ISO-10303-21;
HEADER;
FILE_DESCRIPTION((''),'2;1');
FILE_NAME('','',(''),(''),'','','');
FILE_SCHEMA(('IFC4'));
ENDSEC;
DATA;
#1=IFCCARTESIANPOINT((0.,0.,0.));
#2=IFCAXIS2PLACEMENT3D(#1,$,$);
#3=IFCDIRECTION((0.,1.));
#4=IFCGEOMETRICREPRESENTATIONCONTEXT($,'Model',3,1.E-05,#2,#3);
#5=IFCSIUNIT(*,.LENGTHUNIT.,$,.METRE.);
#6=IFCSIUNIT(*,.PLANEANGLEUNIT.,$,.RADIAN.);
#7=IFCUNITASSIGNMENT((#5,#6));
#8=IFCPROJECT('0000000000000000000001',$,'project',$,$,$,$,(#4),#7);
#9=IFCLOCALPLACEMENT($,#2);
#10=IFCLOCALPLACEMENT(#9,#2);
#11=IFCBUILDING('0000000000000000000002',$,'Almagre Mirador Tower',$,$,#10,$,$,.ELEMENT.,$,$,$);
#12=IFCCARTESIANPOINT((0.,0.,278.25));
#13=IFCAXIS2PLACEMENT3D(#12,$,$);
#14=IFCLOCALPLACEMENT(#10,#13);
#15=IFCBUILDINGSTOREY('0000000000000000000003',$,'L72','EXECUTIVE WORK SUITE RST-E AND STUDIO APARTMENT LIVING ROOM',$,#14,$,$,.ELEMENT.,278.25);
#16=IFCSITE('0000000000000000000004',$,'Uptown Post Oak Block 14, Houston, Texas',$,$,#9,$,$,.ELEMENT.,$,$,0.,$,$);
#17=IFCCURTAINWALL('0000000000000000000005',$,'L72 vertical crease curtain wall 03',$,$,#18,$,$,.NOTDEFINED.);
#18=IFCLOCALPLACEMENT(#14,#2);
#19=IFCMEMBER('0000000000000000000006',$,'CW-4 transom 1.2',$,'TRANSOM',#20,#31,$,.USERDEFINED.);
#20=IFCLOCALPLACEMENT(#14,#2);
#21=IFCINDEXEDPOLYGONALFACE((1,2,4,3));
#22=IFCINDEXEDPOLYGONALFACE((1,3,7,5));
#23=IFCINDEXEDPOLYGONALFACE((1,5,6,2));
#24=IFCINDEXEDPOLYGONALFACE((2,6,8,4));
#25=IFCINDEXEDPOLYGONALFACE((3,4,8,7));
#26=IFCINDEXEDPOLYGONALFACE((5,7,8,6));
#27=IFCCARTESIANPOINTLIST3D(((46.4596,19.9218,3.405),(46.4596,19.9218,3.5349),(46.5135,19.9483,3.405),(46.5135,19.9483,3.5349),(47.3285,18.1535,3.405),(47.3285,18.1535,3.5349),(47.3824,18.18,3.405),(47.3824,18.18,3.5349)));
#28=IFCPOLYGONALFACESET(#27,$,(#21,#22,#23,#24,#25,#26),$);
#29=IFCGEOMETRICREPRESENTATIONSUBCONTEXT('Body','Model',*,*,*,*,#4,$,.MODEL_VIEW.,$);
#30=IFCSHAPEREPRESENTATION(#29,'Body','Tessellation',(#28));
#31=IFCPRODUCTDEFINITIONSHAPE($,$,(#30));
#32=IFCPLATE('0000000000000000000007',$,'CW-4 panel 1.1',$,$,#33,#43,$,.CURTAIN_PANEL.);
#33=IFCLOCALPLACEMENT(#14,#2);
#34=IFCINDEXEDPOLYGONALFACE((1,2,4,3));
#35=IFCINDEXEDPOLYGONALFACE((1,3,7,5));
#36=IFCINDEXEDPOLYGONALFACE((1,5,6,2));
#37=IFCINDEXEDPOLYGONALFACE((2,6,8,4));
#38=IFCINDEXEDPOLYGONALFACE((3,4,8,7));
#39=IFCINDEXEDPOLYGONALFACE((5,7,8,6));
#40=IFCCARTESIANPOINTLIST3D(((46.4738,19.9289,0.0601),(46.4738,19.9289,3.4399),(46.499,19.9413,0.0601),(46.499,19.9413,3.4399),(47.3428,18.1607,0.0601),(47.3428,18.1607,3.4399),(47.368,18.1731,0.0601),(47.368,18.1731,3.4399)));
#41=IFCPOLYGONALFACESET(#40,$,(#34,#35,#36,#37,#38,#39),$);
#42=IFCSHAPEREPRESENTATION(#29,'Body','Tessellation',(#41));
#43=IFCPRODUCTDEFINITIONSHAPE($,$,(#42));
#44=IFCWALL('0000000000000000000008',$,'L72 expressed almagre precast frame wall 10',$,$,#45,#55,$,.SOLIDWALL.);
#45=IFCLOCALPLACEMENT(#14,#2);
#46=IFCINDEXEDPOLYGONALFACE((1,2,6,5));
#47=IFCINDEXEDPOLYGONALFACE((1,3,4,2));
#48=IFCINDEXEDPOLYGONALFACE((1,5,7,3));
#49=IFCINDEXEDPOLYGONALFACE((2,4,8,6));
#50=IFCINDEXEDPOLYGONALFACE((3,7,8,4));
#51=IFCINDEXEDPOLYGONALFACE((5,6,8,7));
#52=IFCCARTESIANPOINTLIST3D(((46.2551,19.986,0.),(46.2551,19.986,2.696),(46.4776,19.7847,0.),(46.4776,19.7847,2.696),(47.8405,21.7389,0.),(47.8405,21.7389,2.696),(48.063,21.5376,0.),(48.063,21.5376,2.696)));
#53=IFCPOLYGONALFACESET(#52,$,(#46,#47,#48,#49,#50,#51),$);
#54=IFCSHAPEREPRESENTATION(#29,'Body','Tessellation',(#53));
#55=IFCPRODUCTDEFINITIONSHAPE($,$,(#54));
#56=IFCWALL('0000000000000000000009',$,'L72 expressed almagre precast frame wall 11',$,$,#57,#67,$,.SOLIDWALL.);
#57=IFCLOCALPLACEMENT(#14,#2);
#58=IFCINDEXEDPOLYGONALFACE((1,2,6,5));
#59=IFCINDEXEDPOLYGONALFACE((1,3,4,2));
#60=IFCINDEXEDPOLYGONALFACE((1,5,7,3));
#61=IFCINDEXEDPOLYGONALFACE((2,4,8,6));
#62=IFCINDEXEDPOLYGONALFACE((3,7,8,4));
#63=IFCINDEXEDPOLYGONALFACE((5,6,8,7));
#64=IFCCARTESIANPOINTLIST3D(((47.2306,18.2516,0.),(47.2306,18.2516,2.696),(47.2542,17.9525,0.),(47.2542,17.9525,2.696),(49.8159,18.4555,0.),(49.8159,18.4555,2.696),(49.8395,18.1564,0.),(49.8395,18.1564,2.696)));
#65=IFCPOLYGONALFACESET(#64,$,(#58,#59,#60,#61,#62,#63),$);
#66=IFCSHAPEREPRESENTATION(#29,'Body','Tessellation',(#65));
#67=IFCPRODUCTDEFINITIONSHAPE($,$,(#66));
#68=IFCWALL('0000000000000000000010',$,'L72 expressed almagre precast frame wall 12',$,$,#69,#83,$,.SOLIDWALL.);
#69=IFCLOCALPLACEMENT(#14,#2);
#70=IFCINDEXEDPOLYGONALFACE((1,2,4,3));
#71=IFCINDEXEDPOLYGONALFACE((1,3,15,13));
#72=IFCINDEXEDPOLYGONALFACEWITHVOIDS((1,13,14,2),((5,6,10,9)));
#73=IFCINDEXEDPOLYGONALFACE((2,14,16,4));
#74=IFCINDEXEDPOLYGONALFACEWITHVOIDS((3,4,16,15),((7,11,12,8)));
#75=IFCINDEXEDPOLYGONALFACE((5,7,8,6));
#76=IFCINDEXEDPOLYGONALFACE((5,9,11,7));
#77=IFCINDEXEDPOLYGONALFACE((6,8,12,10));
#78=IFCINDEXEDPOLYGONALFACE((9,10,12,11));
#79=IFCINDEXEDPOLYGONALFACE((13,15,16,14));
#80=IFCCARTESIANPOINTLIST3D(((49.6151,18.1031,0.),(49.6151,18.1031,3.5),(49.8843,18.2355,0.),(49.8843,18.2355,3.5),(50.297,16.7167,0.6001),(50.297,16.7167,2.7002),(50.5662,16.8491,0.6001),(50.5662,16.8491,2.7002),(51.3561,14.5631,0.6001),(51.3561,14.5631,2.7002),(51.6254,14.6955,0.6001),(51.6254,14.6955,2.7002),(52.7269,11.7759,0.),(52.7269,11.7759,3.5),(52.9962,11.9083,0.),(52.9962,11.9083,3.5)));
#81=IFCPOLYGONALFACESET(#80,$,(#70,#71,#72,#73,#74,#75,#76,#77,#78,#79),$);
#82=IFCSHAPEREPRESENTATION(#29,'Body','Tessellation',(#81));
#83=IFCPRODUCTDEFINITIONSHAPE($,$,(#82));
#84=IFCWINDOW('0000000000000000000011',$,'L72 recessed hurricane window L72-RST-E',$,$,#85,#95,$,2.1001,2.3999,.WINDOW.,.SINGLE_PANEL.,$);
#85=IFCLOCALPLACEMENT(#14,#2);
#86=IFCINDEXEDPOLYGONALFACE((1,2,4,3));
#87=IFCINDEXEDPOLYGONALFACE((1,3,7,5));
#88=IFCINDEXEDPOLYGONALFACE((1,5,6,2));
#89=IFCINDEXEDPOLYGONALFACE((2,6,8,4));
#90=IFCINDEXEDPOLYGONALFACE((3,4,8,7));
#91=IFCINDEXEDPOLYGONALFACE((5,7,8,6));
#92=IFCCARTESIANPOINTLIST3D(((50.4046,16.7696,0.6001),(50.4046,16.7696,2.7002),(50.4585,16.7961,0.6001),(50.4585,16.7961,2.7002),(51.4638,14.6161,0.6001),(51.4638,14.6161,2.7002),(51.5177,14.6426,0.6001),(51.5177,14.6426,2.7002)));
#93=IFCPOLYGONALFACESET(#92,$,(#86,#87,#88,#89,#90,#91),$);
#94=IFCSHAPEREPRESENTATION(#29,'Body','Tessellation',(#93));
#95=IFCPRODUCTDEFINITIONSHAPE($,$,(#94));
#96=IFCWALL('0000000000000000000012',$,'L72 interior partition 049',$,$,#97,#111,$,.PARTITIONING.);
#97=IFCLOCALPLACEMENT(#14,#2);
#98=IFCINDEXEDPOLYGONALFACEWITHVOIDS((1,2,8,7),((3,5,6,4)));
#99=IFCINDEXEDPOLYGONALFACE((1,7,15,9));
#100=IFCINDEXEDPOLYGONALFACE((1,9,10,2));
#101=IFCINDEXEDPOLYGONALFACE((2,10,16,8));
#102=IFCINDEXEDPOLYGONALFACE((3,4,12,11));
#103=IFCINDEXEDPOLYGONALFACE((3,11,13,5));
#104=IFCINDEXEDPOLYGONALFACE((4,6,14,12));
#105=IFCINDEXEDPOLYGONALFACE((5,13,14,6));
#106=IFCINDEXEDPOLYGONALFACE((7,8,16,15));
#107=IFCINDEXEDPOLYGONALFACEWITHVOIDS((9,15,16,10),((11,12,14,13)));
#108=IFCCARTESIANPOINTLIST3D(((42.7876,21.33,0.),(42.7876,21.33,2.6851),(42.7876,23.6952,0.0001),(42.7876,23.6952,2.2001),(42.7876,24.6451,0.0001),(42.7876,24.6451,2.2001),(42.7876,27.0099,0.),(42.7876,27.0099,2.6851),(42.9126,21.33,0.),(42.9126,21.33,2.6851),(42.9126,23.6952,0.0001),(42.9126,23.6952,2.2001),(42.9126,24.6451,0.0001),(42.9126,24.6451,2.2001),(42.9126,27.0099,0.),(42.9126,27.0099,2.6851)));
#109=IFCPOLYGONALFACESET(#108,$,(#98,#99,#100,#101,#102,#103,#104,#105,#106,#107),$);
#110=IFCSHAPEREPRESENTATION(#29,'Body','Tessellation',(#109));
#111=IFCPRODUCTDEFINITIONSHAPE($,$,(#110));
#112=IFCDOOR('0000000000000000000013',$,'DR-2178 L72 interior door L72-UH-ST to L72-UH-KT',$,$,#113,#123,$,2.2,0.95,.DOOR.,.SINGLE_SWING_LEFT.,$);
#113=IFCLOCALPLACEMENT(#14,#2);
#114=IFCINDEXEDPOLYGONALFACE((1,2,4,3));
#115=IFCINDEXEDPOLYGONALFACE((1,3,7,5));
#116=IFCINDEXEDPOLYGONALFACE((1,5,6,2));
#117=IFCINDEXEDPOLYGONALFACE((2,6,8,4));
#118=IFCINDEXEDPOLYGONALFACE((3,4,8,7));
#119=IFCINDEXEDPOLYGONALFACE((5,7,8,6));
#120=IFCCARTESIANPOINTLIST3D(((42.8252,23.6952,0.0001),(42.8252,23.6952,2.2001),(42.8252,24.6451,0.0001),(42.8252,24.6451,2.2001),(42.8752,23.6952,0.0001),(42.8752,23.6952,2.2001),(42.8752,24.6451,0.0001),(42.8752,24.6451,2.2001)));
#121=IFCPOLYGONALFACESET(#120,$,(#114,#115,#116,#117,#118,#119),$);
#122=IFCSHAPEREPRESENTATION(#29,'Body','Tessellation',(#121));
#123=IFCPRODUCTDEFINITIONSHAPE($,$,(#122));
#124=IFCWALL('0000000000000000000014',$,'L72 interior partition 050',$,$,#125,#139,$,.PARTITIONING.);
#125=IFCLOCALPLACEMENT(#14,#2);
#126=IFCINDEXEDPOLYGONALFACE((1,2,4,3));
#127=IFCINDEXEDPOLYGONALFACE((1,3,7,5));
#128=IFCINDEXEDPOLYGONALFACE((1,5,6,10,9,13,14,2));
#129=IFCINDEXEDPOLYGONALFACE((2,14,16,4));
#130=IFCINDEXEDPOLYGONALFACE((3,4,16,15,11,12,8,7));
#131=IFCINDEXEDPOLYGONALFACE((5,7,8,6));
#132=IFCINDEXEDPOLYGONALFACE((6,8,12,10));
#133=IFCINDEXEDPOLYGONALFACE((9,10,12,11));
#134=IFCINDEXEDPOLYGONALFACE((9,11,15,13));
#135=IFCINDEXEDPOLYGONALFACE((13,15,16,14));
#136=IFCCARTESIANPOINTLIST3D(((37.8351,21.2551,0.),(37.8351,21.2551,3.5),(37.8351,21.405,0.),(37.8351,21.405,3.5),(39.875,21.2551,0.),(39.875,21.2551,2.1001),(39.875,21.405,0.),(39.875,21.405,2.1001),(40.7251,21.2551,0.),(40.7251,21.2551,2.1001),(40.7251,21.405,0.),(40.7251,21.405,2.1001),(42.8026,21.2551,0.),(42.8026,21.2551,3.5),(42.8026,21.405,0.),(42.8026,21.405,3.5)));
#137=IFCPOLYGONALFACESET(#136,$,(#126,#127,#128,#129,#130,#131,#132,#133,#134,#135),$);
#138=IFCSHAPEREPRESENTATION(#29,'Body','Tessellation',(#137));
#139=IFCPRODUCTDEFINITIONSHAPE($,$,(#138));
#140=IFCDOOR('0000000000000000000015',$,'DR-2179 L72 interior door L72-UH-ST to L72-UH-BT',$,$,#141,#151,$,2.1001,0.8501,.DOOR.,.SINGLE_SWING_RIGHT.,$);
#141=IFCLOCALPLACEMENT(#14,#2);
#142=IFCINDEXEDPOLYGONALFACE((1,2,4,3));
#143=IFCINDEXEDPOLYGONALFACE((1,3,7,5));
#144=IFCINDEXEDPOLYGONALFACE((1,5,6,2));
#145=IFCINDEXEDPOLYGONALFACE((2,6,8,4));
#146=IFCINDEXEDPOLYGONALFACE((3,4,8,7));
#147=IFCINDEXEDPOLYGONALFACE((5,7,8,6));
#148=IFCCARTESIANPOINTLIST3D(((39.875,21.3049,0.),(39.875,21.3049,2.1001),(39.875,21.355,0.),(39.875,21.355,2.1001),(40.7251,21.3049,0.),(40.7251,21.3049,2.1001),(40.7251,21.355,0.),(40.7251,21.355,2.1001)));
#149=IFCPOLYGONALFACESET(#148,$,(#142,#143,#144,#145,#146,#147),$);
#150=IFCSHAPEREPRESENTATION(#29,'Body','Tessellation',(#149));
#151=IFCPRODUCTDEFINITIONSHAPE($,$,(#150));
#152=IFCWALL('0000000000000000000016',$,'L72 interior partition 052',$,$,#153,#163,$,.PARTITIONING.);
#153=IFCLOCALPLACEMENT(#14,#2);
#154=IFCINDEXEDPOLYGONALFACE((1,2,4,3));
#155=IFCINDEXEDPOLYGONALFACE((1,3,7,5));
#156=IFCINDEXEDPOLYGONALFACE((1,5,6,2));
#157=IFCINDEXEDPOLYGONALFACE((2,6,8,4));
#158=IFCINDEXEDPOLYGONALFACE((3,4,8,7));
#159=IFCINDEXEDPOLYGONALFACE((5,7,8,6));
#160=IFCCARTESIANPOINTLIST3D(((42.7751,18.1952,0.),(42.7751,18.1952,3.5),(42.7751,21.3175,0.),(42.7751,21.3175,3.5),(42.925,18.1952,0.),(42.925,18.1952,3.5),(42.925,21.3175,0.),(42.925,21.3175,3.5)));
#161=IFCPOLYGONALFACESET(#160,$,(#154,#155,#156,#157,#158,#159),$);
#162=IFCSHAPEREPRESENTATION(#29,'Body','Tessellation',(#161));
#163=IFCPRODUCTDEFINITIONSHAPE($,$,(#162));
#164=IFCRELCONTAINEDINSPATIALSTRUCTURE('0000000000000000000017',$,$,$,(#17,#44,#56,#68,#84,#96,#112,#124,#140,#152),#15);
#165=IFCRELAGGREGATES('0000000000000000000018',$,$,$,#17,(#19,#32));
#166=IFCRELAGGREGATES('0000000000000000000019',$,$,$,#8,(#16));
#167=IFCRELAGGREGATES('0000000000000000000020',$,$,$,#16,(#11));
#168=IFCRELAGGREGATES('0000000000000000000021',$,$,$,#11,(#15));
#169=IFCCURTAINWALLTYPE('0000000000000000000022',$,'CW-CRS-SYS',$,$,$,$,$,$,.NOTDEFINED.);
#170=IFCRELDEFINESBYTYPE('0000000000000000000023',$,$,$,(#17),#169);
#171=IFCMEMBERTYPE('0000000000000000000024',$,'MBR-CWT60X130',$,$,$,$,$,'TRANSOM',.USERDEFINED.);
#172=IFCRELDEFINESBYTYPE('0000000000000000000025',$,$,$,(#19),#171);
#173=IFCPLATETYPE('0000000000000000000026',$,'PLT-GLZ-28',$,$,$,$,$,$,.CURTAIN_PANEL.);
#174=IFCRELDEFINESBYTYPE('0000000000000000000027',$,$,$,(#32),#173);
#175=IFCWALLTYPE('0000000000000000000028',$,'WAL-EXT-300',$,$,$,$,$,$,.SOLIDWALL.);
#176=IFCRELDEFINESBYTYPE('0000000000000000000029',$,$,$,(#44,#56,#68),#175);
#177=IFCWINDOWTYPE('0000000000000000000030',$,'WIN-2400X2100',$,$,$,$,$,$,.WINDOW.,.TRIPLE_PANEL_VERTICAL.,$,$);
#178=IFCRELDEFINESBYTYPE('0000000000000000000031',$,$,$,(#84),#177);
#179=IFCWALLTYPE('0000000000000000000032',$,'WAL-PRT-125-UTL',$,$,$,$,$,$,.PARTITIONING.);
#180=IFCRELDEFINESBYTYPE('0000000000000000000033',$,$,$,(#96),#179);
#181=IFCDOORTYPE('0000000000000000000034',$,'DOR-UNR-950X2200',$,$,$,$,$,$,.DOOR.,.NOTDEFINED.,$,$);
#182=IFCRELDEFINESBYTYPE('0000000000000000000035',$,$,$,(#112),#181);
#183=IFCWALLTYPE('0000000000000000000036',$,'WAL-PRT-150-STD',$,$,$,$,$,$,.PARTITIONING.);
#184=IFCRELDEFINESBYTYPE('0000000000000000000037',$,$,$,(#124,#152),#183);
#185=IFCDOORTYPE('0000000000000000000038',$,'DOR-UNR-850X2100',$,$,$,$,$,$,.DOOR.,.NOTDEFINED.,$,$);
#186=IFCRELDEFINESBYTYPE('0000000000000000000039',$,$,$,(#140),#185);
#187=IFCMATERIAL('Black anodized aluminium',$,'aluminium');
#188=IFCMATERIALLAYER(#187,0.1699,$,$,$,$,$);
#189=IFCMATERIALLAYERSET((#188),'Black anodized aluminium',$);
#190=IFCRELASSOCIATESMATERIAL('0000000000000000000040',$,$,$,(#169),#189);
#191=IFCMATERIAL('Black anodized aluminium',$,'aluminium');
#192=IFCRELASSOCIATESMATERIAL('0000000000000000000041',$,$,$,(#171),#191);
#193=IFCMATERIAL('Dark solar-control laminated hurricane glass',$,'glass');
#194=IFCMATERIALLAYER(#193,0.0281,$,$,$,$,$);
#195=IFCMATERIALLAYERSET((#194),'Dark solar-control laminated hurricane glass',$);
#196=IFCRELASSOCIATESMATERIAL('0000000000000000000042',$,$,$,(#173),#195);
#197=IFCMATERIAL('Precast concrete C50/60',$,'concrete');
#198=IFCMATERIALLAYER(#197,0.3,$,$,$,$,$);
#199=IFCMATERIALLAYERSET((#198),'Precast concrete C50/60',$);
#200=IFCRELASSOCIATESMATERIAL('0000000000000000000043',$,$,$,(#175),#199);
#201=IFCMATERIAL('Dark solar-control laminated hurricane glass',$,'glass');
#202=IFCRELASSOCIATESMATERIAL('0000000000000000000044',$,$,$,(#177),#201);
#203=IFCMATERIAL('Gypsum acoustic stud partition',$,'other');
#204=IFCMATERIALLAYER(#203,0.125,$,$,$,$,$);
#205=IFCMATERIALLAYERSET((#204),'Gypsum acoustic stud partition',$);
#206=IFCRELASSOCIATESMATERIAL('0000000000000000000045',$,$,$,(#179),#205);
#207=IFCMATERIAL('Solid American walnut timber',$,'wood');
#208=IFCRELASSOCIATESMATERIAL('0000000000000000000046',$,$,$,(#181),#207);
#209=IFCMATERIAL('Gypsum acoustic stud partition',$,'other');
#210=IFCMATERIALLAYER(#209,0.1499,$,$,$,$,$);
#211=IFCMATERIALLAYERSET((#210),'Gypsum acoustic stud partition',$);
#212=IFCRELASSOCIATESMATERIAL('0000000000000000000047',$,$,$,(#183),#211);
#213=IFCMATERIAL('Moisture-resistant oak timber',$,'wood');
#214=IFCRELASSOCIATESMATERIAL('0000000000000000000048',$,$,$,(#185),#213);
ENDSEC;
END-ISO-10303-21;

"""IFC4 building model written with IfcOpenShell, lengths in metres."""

from ifc_helpers import new_model, si_unit, direction, frame, frame_2d, origin, origin_2d, place, context, subcontext, project, spatial, rectangle, extrude, material, layer, layer_set, material_profile, profile_set, type_object, element, fill, aggregate, save


model = new_model("IFC4")

# Units and contexts
model_context = context("Model", 3, precision=1e-05, world=origin(), true_north=direction((0.0, 1.0)))
body_context = subcontext(model_context, "Body", "Model", "MODEL_VIEW")
ifc_project = project(units=[si_unit("LENGTHUNIT", "METRE"), si_unit("PLANEANGLEUNIT", "RADIAN")], contexts=[model_context])

# Site, building, storey
site_placement = place(None, origin())
site = spatial("IfcSite", under=ifc_project, at=site_placement, Name="Uptown Post Oak Block 14, Houston, Texas", CompositionType="ELEMENT", RefElevation=0.0)
building_placement = place(site_placement, origin())
building = spatial("IfcBuilding", under=site, at=building_placement, Name="Almagre Mirador Tower", CompositionType="ELEMENT")
storey_placement = place(building_placement, frame((0.0, 0.0, 278.25)))
storey = spatial("IfcBuildingStorey", under=building, at=storey_placement, Name="L72", Description="EXECUTIVE WORK SUITE RST-E AND STUDIO APARTMENT LIVING ROOM", CompositionType="ELEMENT", Elevation=278.25)

# Curtain wall, member, plate
ifc_material_1 = material(Name="Black anodized aluminium", Category="aluminium")
ifc_layer_1 = layer(ifc_material_1, 0.1699)
ifc_layer_set_1 = layer_set([ifc_layer_1], Name="Black anodized aluminium")
curtain_wall_type = type_object("IfcCurtainWallType", Name="CW-CRS-SYS", PredefinedType="NOTDEFINED", material=ifc_layer_set_1)
curtain_wall_placement = place(storey_placement, origin())
curtain_wall = element("IfcCurtainWall", 1, at=curtain_wall_placement, inside=storey, type_object=curtain_wall_type, Name="L72 vertical crease curtain wall 03", PredefinedType="NOTDEFINED")
ifc_material_2 = material(Name="Black anodized aluminium", Category="aluminium")
ifc_material_profile_1 = material_profile(ifc_material_2, rectangle(XDim=0.0601, YDim=0.1299, at=origin_2d()), Name="CWT60X130")
ifc_profile_set_1 = profile_set([ifc_material_profile_1], Name="Black anodized aluminium")
member_type_1 = type_object("IfcMemberType", Name="MBR-CWT60X130", ElementType="TRANSOM", PredefinedType="USERDEFINED", material=ifc_profile_set_1)
member_1_placement = place(storey_placement, frame((46.4866, 19.9351, 3.47), z_axis=(0.441007, -0.897504, 0.0), x_axis=(0.897504, 0.441007, 0.0)))
member_1 = element("IfcMember", 2, at=member_1_placement, type_object=member_type_1, Name="CW-4 transom 1.2", ObjectType="TRANSOM", PredefinedType="USERDEFINED", context=body_context, shape_type="SweptSolid", body=[
    extrude(rectangle(XDim=0.0601, YDim=0.1299, at=origin_2d()), origin(), (0.0, 0.0, 1.0), 1.9702),
])
ifc_material_3 = material(Name="Dark solar-control laminated hurricane glass", Category="glass")
ifc_layer_2 = layer(ifc_material_3, 0.0281)
ifc_layer_set_2 = layer_set([ifc_layer_2], Name="Dark solar-control laminated hurricane glass")
plate_type = type_object("IfcPlateType", Name="PLT-GLZ-28", PredefinedType="CURTAIN_PANEL", material=ifc_layer_set_2)
plate_placement = place(storey_placement, frame((46.9209, 19.051, 0.0601), z_axis=(0.0, 0.0, 1.0), x_axis=(0.44108, -0.897468, 0.0)))
plate = element("IfcPlate", 3, at=plate_placement, type_object=plate_type, Name="CW-4 panel 1.1", PredefinedType="CURTAIN_PANEL", context=body_context, shape_type="SweptSolid", body=[
    extrude(rectangle(XDim=1.9702, YDim=0.0281, at=origin_2d()), origin(), (0.0, 0.0, 1.0), 3.3799),
])
aggregate(curtain_wall, [member_1, plate])

# Walls
ifc_material_4 = material(Name="Precast concrete C50/60", Category="concrete")
ifc_layer_3 = layer(ifc_material_4, 0.3)
ifc_layer_set_3 = layer_set([ifc_layer_3], Name="Precast concrete C50/60")
wall_type_1 = type_object("IfcWallType", Name="WAL-EXT-300", PredefinedType="SOLIDWALL", material=ifc_layer_set_3)
wall_1_placement = place(storey_placement, frame((47.9517, 21.6382, 0.0), z_axis=(0.0, 0.0, 1.0), x_axis=(-0.670789, -0.741648, 0.0)))
element("IfcWall", 4, at=wall_1_placement, inside=storey, type_object=wall_type_1, Name="L72 expressed almagre precast frame wall 10", PredefinedType="SOLIDWALL", context=body_context, shape_type="SweptSolid", body=[
    extrude(rectangle(XDim=2.3635, YDim=0.3, at=frame_2d((1.1816, 0.0))), origin(), (0.0, 0.0, 1.0), 2.696),
])
wall_2_placement = place(storey_placement, frame((47.2424, 18.1021, 0.0), z_axis=(0.0, 0.0, 1.0), x_axis=(0.996905, 0.078611, 0.0)))
element("IfcWall", 5, at=wall_2_placement, inside=storey, type_object=wall_type_1, Name="L72 expressed almagre precast frame wall 11", PredefinedType="SOLIDWALL", context=body_context, shape_type="SweptSolid", body=[
    extrude(rectangle(XDim=2.5933, YDim=0.3, at=frame_2d((1.2966, 0.0))), origin(), (0.0, 0.0, 1.0), 2.696),
])

# Wall, opening, window
wall_3_placement = place(storey_placement, frame((49.7498, 18.1692, 0.0), z_axis=(0.0, 0.0, 1.0), x_axis=(0.441332, -0.897344, 0.0)))
wall_3 = element("IfcWall", 6, at=wall_3_placement, inside=storey, type_object=wall_type_1, Name="L72 expressed almagre precast frame wall 12", PredefinedType="SOLIDWALL", context=body_context, shape_type="SweptSolid", body=[
    extrude(rectangle(XDim=7.051, YDim=0.3, at=frame_2d((3.5254, 0.0))), origin(), (0.0, 0.0, 1.0), 3.5),
])
opening_1_placement = place(wall_3_placement, frame((1.5449, 0.0, 0.6001)))
opening_1 = element("IfcOpeningElement", 7, at=opening_1_placement, cuts=wall_3, PredefinedType="OPENING", context=body_context, shape_type="SweptSolid", body=[
    extrude(rectangle(XDim=2.3999, YDim=2.1001, at=frame_2d((1.2, 1.05))), frame((0.0, 0.1599, 0.0), z_axis=(0.0, -1.0, 0.0), x_axis=(1.0, 0.0, 0.0)), (0.0, 0.0, 1.0), 0.32),
])
ifc_material_5 = material(Name="Dark solar-control laminated hurricane glass", Category="glass")
window_type = type_object("IfcWindowType", Name="WIN-2400X2100", PartitioningType="TRIPLE_PANEL_VERTICAL", PredefinedType="WINDOW", material=ifc_material_5)
window_placement = place(opening_1_placement, origin())
window = element("IfcWindow", 8, at=window_placement, inside=storey, type_object=window_type, Name="L72 recessed hurricane window L72-RST-E", OverallHeight=2.1001, OverallWidth=2.3999, PartitioningType="SINGLE_PANEL", PredefinedType="WINDOW", context=body_context, shape_type="SweptSolid", body=[
    extrude(rectangle(XDim=2.3999, YDim=2.1001, at=frame_2d((1.2, 1.05))), frame((0.0, 0.03, 0.0), z_axis=(0.0, -1.0, 0.0), x_axis=(1.0, 0.0, 0.0)), (0.0, 0.0, 1.0), 0.0601),
])
fill(opening_1, window)

# Walls, openings, doors
ifc_material_6 = material(Name="Gypsum acoustic stud partition", Category="other")
ifc_layer_4 = layer(ifc_material_6, 0.125)
ifc_layer_set_4 = layer_set([ifc_layer_4], Name="Gypsum acoustic stud partition")
wall_type_2 = type_object("IfcWallType", Name="WAL-PRT-125-UTL", PredefinedType="PARTITIONING", material=ifc_layer_set_4)
wall_4_placement = place(storey_placement, frame((42.8501, 21.3301, 0.0), z_axis=(0.0, 0.0, 1.0), x_axis=(0.0, 1.0, 0.0)))
wall_4 = element("IfcWall", 9, at=wall_4_placement, inside=storey, type_object=wall_type_2, Name="L72 interior partition 049", PredefinedType="PARTITIONING", context=body_context, shape_type="SweptSolid", body=[
    extrude(rectangle(XDim=5.6799, YDim=0.125, at=frame_2d((2.8398, 0.0))), origin(), (0.0, 0.0, 1.0), 2.6851),
])
opening_2_placement = place(wall_4_placement, frame((2.365, 0.0, 0.0)))
opening_2 = element("IfcOpeningElement", 10, at=opening_2_placement, cuts=wall_4, PredefinedType="OPENING", context=body_context, shape_type="SweptSolid", body=[
    extrude(rectangle(XDim=0.95, YDim=2.2, at=frame_2d((0.4751, 1.1001))), frame((0.0, 0.0725, 0.0), z_axis=(0.0, -1.0, 0.0), x_axis=(1.0, 0.0, 0.0)), (0.0, 0.0, 1.0), 0.145),
])
ifc_material_7 = material(Name="Solid American walnut timber", Category="wood")
door_type_1 = type_object("IfcDoorType", Name="DOR-UNR-950X2200", OperationType="NOTDEFINED", PredefinedType="DOOR", material=ifc_material_7)
door_1_placement = place(opening_2_placement, origin())
door_1 = element("IfcDoor", 11, at=door_1_placement, inside=storey, type_object=door_type_1, Name="DR-2178 L72 interior door L72-UH-ST to L72-UH-KT", OperationType="SINGLE_SWING_LEFT", OverallHeight=2.2, OverallWidth=0.95, PredefinedType="DOOR", context=body_context, shape_type="SweptSolid", body=[
    extrude(rectangle(XDim=0.95, YDim=2.2, at=frame_2d((0.4751, 1.1001))), frame((0.0, 0.0249, 0.0), z_axis=(0.0, -1.0, 0.0), x_axis=(1.0, 0.0, 0.0)), (0.0, 0.0, 1.0), 0.05),
])
fill(opening_2, door_1)
ifc_material_8 = material(Name="Gypsum acoustic stud partition", Category="other")
ifc_layer_5 = layer(ifc_material_8, 0.1499)
ifc_layer_set_5 = layer_set([ifc_layer_5], Name="Gypsum acoustic stud partition")
wall_type_3 = type_object("IfcWallType", Name="WAL-PRT-150-STD", PredefinedType="PARTITIONING", material=ifc_layer_set_5)
wall_5_placement = place(storey_placement, frame((37.835, 21.3301, 0.0), z_axis=(0.0, 0.0, 1.0), x_axis=(1.0, 0.0, 0.0)))
wall_5 = element("IfcWall", 12, at=wall_5_placement, inside=storey, type_object=wall_type_3, Name="L72 interior partition 050", PredefinedType="PARTITIONING", context=body_context, shape_type="SweptSolid", body=[
    extrude(rectangle(XDim=4.9675, YDim=0.1499, at=frame_2d((2.4839, 0.0))), origin(), (0.0, 0.0, 1.0), 3.5),
])
opening_3_placement = place(wall_5_placement, frame((2.04, 0.0, 0.0)))
opening_3 = element("IfcOpeningElement", 13, at=opening_3_placement, cuts=wall_5, PredefinedType="OPENING", context=body_context, shape_type="SweptSolid", body=[
    extrude(rectangle(XDim=0.8501, YDim=2.1001, at=frame_2d((0.425, 1.05))), frame((0.0, 0.085, 0.0), z_axis=(0.0, -1.0, 0.0), x_axis=(1.0, 0.0, 0.0)), (0.0, 0.0, 1.0), 0.1699),
])
ifc_material_9 = material(Name="Moisture-resistant oak timber", Category="wood")
door_type_2 = type_object("IfcDoorType", Name="DOR-UNR-850X2100", OperationType="NOTDEFINED", PredefinedType="DOOR", material=ifc_material_9)
door_2_placement = place(opening_3_placement, origin())
door_2 = element("IfcDoor", 14, at=door_2_placement, inside=storey, type_object=door_type_2, Name="DR-2179 L72 interior door L72-UH-ST to L72-UH-BT", OperationType="SINGLE_SWING_RIGHT", OverallHeight=2.1001, OverallWidth=0.8501, PredefinedType="DOOR", context=body_context, shape_type="SweptSolid", body=[
    extrude(rectangle(XDim=0.8501, YDim=2.1001, at=frame_2d((0.425, 1.05))), frame((0.0, 0.0249, 0.0), z_axis=(0.0, -1.0, 0.0), x_axis=(1.0, 0.0, 0.0)), (0.0, 0.0, 1.0), 0.05),
])
fill(opening_3, door_2)

# Wall
wall_6_placement = place(storey_placement, frame((42.8501, 21.3174, 0.0), z_axis=(0.0, 0.0, 1.0), x_axis=(0.0, -1.0, 0.0)))
element("IfcWall", 15, at=wall_6_placement, inside=storey, type_object=wall_type_3, Name="L72 interior partition 052", PredefinedType="PARTITIONING", context=body_context, shape_type="SweptSolid", body=[
    extrude(rectangle(XDim=3.1223, YDim=0.1499, at=frame_2d((1.561, 0.0))), origin(), (0.0, 0.0, 1.0), 3.5),
])

save(model, "model.ifc")
